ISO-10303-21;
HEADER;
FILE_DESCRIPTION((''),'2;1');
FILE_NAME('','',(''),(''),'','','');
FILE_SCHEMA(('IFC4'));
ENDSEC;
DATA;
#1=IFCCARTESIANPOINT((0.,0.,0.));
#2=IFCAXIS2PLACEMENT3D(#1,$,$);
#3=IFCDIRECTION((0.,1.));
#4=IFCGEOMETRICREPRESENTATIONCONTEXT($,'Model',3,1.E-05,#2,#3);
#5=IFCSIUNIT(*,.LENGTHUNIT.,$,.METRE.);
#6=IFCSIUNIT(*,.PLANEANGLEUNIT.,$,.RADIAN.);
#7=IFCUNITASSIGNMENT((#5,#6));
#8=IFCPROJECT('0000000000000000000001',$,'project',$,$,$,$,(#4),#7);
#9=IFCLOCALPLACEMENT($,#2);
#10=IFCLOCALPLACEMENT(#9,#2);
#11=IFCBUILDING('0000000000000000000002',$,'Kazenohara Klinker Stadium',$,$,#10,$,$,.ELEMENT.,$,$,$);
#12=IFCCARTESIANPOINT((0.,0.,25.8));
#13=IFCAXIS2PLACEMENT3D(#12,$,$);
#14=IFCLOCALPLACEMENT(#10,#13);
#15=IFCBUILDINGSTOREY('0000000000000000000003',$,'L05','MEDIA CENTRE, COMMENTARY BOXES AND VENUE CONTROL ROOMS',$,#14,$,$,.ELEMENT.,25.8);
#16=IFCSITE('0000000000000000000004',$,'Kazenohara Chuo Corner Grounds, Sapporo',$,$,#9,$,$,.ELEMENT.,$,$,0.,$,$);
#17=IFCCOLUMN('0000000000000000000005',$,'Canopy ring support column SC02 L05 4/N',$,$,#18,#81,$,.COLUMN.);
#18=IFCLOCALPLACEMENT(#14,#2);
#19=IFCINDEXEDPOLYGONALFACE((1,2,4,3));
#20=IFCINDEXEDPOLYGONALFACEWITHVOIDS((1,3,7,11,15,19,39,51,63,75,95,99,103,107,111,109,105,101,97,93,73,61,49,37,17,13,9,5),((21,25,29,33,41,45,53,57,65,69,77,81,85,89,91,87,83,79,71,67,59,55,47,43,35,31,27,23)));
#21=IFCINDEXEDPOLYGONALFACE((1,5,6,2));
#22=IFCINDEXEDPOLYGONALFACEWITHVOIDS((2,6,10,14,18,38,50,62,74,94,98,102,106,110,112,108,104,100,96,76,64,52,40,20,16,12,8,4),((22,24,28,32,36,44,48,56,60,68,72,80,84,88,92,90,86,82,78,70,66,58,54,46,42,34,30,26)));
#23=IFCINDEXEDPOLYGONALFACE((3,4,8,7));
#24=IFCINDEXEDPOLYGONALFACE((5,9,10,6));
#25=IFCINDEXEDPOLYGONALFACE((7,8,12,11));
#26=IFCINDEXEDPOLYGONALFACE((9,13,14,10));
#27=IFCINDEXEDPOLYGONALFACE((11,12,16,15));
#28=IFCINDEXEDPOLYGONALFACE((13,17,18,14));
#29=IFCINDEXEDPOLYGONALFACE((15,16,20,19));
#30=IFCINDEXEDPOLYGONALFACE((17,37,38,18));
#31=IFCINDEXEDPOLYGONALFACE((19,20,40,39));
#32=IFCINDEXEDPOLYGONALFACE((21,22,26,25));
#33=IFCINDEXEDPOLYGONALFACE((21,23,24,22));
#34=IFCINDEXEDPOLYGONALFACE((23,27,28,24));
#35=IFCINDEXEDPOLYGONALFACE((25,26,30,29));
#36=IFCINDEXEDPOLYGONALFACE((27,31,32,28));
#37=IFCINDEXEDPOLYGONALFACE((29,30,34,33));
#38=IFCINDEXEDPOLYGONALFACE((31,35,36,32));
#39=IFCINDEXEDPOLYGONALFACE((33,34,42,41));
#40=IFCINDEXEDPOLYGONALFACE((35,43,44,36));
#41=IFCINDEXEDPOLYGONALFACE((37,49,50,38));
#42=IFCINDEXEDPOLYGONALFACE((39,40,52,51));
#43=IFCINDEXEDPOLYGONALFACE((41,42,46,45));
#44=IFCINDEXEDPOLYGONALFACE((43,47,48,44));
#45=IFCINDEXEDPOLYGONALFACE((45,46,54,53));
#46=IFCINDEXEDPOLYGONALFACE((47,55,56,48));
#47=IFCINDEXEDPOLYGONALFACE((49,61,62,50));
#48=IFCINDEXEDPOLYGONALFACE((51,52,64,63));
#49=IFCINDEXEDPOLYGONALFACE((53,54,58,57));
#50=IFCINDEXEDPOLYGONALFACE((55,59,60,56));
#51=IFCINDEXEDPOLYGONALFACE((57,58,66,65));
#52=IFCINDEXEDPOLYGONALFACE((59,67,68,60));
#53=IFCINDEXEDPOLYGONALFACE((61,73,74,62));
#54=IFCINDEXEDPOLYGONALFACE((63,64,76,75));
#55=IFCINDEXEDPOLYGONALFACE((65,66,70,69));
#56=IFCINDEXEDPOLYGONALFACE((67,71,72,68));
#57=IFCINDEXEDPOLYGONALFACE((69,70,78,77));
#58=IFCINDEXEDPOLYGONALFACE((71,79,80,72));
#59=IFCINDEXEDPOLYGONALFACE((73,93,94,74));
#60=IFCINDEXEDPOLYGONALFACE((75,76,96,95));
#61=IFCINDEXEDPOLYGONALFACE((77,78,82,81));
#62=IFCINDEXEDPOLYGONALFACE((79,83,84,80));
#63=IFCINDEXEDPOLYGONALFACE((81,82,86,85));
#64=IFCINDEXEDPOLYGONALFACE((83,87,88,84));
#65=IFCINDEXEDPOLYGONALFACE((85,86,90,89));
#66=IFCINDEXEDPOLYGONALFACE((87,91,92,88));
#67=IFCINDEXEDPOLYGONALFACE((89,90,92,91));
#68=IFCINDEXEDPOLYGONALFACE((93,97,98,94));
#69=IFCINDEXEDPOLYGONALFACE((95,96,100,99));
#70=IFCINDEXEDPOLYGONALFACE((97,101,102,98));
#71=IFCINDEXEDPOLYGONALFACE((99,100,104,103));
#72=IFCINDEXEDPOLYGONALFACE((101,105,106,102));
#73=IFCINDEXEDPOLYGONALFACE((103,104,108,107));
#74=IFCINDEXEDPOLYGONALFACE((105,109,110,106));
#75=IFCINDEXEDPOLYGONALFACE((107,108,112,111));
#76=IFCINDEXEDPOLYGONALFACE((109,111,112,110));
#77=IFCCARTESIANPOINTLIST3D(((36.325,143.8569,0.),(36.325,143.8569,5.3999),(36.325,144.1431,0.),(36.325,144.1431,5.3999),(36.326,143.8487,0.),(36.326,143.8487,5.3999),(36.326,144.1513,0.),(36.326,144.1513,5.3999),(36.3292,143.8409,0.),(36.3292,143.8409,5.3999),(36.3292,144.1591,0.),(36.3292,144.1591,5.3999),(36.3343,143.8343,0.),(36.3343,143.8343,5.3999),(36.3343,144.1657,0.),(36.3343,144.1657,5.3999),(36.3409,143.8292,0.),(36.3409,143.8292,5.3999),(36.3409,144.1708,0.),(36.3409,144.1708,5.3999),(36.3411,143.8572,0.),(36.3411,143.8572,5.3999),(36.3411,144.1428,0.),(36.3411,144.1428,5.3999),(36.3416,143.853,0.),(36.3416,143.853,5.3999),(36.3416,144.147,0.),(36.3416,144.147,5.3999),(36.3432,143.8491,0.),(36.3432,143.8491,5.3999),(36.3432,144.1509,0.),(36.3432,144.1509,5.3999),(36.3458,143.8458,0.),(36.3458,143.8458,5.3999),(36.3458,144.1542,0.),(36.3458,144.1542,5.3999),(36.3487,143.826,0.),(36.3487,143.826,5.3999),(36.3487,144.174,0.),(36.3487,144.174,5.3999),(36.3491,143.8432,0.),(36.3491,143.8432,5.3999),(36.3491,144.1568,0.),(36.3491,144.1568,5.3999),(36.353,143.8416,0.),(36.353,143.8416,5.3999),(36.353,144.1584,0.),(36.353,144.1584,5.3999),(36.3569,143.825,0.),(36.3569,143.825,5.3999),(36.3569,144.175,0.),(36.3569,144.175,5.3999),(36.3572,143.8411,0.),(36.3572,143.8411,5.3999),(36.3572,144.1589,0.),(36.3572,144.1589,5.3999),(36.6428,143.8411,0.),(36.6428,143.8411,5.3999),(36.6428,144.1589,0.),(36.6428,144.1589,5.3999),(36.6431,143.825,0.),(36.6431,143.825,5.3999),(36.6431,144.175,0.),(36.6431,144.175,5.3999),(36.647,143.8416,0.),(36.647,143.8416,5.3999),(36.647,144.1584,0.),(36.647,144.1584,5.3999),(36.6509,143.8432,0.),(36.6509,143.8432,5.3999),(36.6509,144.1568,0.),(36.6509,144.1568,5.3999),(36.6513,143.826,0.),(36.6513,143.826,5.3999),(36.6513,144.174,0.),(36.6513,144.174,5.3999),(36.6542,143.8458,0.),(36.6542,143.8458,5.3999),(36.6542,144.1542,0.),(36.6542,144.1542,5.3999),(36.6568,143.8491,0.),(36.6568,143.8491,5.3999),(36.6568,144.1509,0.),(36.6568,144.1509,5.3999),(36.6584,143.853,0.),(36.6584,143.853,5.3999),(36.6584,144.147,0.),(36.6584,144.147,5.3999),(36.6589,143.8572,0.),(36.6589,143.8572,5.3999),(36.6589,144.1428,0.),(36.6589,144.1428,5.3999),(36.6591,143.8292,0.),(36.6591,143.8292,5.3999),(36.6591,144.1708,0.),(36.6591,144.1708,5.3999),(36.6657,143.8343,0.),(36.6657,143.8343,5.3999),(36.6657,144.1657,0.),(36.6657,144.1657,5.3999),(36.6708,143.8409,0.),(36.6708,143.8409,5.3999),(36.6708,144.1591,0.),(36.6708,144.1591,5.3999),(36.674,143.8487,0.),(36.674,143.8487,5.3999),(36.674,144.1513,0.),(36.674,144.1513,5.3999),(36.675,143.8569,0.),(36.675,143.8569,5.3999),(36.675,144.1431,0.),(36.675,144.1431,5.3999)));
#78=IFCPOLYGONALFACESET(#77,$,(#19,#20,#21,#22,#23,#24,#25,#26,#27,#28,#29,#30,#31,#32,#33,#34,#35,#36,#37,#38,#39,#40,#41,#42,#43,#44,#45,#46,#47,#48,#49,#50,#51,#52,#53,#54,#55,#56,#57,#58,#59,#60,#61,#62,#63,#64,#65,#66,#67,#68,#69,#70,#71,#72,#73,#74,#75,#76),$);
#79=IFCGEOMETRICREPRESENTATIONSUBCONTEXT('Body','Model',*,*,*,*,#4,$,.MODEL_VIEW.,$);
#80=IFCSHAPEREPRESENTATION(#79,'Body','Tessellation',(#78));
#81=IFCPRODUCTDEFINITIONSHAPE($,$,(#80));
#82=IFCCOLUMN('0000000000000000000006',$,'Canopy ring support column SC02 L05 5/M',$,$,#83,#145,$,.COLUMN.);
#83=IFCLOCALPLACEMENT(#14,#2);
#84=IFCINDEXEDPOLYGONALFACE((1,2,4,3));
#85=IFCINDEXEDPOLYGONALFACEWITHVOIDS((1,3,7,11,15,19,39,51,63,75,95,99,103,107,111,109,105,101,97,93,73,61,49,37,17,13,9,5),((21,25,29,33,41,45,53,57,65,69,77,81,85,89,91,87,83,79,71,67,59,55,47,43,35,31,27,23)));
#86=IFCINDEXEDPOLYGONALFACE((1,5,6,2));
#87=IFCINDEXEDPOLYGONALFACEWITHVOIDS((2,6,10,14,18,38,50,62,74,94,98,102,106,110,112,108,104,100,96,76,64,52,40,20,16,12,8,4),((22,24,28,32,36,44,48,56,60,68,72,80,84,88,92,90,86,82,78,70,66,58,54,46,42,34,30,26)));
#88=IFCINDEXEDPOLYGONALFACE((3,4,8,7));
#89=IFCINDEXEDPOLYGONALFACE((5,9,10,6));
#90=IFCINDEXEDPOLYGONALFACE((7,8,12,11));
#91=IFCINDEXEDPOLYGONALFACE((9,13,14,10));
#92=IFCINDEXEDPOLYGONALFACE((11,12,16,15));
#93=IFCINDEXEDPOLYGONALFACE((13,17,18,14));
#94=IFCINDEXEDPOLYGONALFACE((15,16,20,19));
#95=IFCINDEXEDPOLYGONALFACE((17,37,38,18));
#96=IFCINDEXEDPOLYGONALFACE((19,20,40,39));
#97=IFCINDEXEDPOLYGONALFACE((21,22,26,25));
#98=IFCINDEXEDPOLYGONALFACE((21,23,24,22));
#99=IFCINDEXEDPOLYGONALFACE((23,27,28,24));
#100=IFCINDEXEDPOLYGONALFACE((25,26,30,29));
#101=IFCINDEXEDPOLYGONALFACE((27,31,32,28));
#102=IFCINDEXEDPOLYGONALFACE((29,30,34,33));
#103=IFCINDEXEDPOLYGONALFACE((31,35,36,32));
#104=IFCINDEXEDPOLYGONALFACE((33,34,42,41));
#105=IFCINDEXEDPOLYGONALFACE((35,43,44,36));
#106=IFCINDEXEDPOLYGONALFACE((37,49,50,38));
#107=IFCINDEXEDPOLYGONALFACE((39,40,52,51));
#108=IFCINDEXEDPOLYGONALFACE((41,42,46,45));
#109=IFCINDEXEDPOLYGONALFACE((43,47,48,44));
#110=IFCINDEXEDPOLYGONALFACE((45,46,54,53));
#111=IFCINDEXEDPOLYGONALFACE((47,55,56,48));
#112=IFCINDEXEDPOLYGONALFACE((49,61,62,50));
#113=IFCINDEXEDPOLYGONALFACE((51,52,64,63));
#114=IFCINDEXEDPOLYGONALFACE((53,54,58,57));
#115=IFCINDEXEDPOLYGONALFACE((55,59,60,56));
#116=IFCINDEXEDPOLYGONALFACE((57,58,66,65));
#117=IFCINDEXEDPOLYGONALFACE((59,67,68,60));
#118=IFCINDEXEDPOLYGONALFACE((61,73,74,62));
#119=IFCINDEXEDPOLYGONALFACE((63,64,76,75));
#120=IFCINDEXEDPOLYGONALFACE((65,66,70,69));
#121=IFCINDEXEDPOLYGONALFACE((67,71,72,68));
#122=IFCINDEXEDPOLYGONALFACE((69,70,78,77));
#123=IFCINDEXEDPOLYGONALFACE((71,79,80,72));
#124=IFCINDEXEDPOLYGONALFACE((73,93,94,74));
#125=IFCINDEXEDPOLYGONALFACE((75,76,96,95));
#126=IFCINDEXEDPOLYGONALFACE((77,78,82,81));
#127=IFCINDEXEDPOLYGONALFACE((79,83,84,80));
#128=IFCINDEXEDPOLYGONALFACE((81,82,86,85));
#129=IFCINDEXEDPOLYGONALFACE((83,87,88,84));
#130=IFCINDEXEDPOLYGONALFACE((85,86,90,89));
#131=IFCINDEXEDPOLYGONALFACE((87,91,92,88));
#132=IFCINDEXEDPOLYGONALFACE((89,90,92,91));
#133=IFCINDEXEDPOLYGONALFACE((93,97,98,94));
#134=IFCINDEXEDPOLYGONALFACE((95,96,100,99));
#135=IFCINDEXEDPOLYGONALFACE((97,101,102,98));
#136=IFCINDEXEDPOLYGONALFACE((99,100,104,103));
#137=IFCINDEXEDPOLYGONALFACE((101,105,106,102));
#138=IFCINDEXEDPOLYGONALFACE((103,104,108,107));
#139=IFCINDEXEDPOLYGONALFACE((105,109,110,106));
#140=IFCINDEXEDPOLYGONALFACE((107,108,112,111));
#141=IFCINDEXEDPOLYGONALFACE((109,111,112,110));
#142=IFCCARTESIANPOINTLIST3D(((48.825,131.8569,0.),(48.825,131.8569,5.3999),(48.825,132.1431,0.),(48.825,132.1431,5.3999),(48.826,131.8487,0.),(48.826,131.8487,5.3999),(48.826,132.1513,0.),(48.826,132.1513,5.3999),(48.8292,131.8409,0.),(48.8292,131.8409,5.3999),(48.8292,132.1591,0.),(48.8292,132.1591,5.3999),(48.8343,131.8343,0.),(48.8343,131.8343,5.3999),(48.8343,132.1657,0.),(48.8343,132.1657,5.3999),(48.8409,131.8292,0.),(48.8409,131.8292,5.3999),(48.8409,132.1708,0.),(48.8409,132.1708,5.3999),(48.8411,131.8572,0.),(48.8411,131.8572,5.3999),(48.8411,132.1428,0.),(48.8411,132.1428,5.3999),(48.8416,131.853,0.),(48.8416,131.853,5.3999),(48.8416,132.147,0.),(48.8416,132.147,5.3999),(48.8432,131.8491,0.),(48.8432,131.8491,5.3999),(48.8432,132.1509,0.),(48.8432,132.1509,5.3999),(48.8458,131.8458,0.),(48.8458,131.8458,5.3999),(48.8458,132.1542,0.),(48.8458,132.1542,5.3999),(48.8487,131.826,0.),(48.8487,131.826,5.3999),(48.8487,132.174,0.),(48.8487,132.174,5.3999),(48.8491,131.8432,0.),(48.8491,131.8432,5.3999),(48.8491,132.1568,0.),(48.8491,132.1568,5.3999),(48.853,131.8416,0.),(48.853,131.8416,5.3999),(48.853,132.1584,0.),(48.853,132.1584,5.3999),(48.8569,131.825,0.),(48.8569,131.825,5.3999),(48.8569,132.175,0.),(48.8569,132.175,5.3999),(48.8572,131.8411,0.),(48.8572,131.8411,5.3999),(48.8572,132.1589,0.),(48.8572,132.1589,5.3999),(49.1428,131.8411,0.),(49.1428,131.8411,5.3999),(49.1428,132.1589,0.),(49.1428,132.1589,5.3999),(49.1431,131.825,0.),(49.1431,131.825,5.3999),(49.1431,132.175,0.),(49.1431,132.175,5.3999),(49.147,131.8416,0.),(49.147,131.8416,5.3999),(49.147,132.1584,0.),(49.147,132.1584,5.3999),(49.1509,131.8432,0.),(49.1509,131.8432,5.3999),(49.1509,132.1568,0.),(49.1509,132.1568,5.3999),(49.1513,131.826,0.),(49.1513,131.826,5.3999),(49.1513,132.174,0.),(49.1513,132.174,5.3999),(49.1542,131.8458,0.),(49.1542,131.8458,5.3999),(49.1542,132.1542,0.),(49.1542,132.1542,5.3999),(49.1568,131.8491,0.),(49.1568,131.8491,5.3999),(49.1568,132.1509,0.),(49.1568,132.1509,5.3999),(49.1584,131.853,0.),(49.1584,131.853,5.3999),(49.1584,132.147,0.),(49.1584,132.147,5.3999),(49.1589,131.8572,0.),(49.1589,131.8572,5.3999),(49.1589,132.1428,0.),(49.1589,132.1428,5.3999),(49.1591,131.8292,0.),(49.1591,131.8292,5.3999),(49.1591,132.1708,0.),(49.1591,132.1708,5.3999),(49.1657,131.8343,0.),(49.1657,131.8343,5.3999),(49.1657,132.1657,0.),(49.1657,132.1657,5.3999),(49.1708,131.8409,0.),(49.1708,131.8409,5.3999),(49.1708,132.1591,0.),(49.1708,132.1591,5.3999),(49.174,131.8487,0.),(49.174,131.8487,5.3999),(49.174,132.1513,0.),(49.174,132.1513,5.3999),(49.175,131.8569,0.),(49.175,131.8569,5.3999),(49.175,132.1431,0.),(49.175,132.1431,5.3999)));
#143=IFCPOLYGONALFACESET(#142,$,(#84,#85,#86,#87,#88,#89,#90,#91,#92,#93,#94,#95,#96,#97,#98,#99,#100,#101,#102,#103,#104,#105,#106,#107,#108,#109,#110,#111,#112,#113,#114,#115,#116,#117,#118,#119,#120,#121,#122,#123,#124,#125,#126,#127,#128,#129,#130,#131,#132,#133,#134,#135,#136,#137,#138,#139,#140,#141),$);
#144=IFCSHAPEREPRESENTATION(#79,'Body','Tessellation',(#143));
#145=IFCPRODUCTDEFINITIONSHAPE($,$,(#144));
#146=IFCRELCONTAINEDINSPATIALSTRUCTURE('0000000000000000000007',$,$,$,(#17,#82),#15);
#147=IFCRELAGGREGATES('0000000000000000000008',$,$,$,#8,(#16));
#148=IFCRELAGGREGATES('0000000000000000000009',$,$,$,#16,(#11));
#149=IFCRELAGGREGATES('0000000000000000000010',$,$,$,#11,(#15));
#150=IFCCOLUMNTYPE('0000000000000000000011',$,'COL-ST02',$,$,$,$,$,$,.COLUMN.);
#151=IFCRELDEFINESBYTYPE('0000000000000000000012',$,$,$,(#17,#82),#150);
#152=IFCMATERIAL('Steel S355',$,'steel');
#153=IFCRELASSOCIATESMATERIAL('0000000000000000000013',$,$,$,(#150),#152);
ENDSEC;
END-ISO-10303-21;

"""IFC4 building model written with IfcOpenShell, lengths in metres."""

from ifc_helpers import new_model, si_unit, direction, frame, origin, origin_2d, place, context, subcontext, project, spatial, hollow_rectangle, extrude, material, material_profile, profile_set, type_object, element, save


model = new_model("IFC4")

# Units and contexts
model_context = context("Model", 3, precision=1e-05, world=origin(), true_north=direction((0.0, 1.0)))
body_context = subcontext(model_context, "Body", "Model", "MODEL_VIEW")
ifc_project = project(units=[si_unit("LENGTHUNIT", "METRE"), si_unit("PLANEANGLEUNIT", "RADIAN")], contexts=[model_context])

# Site, building, storey
site_placement = place(None, origin())
site = spatial("IfcSite", under=ifc_project, at=site_placement, Name="Kazenohara Chuo Corner Grounds, Sapporo", CompositionType="ELEMENT", RefElevation=0.0)
building_placement = place(site_placement, origin())
building = spatial("IfcBuilding", under=site, at=building_placement, Name="Kazenohara Klinker Stadium", CompositionType="ELEMENT")
storey_placement = place(building_placement, frame((0.0, 0.0, 25.8)))
storey = spatial("IfcBuildingStorey", under=building, at=storey_placement, Name="L05", Description="MEDIA CENTRE, COMMENTARY BOXES AND VENUE CONTROL ROOMS", CompositionType="ELEMENT", Elevation=25.8)

# Columns
ifc_material_1 = material(Name="Steel S355", Category="steel")
ifc_material_profile_1 = material_profile(ifc_material_1, hollow_rectangle(XDim=0.3501, YDim=0.3501, WallThickness=0.0161, InnerFilletRadius=0.0161, OuterFilletRadius=0.032, at=origin_2d()), Name="SHS-350x350x16")
ifc_profile_set_1 = profile_set([ifc_material_profile_1], Name="Steel S355")
column_type_1 = type_object("IfcColumnType", Name="COL-ST02", PredefinedType="COLUMN", material=ifc_profile_set_1)
for number, where, z_axis, x_axis, name in (
    (1, (36.5, 144.0, 0.0), (0.0, 0.0, 1.0), (1.0, 0.0, 0.0), "Canopy ring support column SC02 L05 4/N"),
    (2, (49.0, 132.0, 0.0), (0.0, 0.0, 1.0), (1.0, 0.0, 0.0), "Canopy ring support column SC02 L05 5/M"),
):
    element("IfcColumn", number, at=place(storey_placement, frame(where, z_axis=z_axis, x_axis=x_axis)), inside=storey, type_object=column_type_1, Name=name, PredefinedType="COLUMN", context=body_context, shape_type="SweptSolid", body=[
        extrude(hollow_rectangle(XDim=0.3501, YDim=0.3501, WallThickness=0.0161, InnerFilletRadius=0.0161, OuterFilletRadius=0.032, at=origin_2d()), origin(), (0.0, 0.0, 1.0), 5.3999),
    ])

save(model, "model.ifc")
